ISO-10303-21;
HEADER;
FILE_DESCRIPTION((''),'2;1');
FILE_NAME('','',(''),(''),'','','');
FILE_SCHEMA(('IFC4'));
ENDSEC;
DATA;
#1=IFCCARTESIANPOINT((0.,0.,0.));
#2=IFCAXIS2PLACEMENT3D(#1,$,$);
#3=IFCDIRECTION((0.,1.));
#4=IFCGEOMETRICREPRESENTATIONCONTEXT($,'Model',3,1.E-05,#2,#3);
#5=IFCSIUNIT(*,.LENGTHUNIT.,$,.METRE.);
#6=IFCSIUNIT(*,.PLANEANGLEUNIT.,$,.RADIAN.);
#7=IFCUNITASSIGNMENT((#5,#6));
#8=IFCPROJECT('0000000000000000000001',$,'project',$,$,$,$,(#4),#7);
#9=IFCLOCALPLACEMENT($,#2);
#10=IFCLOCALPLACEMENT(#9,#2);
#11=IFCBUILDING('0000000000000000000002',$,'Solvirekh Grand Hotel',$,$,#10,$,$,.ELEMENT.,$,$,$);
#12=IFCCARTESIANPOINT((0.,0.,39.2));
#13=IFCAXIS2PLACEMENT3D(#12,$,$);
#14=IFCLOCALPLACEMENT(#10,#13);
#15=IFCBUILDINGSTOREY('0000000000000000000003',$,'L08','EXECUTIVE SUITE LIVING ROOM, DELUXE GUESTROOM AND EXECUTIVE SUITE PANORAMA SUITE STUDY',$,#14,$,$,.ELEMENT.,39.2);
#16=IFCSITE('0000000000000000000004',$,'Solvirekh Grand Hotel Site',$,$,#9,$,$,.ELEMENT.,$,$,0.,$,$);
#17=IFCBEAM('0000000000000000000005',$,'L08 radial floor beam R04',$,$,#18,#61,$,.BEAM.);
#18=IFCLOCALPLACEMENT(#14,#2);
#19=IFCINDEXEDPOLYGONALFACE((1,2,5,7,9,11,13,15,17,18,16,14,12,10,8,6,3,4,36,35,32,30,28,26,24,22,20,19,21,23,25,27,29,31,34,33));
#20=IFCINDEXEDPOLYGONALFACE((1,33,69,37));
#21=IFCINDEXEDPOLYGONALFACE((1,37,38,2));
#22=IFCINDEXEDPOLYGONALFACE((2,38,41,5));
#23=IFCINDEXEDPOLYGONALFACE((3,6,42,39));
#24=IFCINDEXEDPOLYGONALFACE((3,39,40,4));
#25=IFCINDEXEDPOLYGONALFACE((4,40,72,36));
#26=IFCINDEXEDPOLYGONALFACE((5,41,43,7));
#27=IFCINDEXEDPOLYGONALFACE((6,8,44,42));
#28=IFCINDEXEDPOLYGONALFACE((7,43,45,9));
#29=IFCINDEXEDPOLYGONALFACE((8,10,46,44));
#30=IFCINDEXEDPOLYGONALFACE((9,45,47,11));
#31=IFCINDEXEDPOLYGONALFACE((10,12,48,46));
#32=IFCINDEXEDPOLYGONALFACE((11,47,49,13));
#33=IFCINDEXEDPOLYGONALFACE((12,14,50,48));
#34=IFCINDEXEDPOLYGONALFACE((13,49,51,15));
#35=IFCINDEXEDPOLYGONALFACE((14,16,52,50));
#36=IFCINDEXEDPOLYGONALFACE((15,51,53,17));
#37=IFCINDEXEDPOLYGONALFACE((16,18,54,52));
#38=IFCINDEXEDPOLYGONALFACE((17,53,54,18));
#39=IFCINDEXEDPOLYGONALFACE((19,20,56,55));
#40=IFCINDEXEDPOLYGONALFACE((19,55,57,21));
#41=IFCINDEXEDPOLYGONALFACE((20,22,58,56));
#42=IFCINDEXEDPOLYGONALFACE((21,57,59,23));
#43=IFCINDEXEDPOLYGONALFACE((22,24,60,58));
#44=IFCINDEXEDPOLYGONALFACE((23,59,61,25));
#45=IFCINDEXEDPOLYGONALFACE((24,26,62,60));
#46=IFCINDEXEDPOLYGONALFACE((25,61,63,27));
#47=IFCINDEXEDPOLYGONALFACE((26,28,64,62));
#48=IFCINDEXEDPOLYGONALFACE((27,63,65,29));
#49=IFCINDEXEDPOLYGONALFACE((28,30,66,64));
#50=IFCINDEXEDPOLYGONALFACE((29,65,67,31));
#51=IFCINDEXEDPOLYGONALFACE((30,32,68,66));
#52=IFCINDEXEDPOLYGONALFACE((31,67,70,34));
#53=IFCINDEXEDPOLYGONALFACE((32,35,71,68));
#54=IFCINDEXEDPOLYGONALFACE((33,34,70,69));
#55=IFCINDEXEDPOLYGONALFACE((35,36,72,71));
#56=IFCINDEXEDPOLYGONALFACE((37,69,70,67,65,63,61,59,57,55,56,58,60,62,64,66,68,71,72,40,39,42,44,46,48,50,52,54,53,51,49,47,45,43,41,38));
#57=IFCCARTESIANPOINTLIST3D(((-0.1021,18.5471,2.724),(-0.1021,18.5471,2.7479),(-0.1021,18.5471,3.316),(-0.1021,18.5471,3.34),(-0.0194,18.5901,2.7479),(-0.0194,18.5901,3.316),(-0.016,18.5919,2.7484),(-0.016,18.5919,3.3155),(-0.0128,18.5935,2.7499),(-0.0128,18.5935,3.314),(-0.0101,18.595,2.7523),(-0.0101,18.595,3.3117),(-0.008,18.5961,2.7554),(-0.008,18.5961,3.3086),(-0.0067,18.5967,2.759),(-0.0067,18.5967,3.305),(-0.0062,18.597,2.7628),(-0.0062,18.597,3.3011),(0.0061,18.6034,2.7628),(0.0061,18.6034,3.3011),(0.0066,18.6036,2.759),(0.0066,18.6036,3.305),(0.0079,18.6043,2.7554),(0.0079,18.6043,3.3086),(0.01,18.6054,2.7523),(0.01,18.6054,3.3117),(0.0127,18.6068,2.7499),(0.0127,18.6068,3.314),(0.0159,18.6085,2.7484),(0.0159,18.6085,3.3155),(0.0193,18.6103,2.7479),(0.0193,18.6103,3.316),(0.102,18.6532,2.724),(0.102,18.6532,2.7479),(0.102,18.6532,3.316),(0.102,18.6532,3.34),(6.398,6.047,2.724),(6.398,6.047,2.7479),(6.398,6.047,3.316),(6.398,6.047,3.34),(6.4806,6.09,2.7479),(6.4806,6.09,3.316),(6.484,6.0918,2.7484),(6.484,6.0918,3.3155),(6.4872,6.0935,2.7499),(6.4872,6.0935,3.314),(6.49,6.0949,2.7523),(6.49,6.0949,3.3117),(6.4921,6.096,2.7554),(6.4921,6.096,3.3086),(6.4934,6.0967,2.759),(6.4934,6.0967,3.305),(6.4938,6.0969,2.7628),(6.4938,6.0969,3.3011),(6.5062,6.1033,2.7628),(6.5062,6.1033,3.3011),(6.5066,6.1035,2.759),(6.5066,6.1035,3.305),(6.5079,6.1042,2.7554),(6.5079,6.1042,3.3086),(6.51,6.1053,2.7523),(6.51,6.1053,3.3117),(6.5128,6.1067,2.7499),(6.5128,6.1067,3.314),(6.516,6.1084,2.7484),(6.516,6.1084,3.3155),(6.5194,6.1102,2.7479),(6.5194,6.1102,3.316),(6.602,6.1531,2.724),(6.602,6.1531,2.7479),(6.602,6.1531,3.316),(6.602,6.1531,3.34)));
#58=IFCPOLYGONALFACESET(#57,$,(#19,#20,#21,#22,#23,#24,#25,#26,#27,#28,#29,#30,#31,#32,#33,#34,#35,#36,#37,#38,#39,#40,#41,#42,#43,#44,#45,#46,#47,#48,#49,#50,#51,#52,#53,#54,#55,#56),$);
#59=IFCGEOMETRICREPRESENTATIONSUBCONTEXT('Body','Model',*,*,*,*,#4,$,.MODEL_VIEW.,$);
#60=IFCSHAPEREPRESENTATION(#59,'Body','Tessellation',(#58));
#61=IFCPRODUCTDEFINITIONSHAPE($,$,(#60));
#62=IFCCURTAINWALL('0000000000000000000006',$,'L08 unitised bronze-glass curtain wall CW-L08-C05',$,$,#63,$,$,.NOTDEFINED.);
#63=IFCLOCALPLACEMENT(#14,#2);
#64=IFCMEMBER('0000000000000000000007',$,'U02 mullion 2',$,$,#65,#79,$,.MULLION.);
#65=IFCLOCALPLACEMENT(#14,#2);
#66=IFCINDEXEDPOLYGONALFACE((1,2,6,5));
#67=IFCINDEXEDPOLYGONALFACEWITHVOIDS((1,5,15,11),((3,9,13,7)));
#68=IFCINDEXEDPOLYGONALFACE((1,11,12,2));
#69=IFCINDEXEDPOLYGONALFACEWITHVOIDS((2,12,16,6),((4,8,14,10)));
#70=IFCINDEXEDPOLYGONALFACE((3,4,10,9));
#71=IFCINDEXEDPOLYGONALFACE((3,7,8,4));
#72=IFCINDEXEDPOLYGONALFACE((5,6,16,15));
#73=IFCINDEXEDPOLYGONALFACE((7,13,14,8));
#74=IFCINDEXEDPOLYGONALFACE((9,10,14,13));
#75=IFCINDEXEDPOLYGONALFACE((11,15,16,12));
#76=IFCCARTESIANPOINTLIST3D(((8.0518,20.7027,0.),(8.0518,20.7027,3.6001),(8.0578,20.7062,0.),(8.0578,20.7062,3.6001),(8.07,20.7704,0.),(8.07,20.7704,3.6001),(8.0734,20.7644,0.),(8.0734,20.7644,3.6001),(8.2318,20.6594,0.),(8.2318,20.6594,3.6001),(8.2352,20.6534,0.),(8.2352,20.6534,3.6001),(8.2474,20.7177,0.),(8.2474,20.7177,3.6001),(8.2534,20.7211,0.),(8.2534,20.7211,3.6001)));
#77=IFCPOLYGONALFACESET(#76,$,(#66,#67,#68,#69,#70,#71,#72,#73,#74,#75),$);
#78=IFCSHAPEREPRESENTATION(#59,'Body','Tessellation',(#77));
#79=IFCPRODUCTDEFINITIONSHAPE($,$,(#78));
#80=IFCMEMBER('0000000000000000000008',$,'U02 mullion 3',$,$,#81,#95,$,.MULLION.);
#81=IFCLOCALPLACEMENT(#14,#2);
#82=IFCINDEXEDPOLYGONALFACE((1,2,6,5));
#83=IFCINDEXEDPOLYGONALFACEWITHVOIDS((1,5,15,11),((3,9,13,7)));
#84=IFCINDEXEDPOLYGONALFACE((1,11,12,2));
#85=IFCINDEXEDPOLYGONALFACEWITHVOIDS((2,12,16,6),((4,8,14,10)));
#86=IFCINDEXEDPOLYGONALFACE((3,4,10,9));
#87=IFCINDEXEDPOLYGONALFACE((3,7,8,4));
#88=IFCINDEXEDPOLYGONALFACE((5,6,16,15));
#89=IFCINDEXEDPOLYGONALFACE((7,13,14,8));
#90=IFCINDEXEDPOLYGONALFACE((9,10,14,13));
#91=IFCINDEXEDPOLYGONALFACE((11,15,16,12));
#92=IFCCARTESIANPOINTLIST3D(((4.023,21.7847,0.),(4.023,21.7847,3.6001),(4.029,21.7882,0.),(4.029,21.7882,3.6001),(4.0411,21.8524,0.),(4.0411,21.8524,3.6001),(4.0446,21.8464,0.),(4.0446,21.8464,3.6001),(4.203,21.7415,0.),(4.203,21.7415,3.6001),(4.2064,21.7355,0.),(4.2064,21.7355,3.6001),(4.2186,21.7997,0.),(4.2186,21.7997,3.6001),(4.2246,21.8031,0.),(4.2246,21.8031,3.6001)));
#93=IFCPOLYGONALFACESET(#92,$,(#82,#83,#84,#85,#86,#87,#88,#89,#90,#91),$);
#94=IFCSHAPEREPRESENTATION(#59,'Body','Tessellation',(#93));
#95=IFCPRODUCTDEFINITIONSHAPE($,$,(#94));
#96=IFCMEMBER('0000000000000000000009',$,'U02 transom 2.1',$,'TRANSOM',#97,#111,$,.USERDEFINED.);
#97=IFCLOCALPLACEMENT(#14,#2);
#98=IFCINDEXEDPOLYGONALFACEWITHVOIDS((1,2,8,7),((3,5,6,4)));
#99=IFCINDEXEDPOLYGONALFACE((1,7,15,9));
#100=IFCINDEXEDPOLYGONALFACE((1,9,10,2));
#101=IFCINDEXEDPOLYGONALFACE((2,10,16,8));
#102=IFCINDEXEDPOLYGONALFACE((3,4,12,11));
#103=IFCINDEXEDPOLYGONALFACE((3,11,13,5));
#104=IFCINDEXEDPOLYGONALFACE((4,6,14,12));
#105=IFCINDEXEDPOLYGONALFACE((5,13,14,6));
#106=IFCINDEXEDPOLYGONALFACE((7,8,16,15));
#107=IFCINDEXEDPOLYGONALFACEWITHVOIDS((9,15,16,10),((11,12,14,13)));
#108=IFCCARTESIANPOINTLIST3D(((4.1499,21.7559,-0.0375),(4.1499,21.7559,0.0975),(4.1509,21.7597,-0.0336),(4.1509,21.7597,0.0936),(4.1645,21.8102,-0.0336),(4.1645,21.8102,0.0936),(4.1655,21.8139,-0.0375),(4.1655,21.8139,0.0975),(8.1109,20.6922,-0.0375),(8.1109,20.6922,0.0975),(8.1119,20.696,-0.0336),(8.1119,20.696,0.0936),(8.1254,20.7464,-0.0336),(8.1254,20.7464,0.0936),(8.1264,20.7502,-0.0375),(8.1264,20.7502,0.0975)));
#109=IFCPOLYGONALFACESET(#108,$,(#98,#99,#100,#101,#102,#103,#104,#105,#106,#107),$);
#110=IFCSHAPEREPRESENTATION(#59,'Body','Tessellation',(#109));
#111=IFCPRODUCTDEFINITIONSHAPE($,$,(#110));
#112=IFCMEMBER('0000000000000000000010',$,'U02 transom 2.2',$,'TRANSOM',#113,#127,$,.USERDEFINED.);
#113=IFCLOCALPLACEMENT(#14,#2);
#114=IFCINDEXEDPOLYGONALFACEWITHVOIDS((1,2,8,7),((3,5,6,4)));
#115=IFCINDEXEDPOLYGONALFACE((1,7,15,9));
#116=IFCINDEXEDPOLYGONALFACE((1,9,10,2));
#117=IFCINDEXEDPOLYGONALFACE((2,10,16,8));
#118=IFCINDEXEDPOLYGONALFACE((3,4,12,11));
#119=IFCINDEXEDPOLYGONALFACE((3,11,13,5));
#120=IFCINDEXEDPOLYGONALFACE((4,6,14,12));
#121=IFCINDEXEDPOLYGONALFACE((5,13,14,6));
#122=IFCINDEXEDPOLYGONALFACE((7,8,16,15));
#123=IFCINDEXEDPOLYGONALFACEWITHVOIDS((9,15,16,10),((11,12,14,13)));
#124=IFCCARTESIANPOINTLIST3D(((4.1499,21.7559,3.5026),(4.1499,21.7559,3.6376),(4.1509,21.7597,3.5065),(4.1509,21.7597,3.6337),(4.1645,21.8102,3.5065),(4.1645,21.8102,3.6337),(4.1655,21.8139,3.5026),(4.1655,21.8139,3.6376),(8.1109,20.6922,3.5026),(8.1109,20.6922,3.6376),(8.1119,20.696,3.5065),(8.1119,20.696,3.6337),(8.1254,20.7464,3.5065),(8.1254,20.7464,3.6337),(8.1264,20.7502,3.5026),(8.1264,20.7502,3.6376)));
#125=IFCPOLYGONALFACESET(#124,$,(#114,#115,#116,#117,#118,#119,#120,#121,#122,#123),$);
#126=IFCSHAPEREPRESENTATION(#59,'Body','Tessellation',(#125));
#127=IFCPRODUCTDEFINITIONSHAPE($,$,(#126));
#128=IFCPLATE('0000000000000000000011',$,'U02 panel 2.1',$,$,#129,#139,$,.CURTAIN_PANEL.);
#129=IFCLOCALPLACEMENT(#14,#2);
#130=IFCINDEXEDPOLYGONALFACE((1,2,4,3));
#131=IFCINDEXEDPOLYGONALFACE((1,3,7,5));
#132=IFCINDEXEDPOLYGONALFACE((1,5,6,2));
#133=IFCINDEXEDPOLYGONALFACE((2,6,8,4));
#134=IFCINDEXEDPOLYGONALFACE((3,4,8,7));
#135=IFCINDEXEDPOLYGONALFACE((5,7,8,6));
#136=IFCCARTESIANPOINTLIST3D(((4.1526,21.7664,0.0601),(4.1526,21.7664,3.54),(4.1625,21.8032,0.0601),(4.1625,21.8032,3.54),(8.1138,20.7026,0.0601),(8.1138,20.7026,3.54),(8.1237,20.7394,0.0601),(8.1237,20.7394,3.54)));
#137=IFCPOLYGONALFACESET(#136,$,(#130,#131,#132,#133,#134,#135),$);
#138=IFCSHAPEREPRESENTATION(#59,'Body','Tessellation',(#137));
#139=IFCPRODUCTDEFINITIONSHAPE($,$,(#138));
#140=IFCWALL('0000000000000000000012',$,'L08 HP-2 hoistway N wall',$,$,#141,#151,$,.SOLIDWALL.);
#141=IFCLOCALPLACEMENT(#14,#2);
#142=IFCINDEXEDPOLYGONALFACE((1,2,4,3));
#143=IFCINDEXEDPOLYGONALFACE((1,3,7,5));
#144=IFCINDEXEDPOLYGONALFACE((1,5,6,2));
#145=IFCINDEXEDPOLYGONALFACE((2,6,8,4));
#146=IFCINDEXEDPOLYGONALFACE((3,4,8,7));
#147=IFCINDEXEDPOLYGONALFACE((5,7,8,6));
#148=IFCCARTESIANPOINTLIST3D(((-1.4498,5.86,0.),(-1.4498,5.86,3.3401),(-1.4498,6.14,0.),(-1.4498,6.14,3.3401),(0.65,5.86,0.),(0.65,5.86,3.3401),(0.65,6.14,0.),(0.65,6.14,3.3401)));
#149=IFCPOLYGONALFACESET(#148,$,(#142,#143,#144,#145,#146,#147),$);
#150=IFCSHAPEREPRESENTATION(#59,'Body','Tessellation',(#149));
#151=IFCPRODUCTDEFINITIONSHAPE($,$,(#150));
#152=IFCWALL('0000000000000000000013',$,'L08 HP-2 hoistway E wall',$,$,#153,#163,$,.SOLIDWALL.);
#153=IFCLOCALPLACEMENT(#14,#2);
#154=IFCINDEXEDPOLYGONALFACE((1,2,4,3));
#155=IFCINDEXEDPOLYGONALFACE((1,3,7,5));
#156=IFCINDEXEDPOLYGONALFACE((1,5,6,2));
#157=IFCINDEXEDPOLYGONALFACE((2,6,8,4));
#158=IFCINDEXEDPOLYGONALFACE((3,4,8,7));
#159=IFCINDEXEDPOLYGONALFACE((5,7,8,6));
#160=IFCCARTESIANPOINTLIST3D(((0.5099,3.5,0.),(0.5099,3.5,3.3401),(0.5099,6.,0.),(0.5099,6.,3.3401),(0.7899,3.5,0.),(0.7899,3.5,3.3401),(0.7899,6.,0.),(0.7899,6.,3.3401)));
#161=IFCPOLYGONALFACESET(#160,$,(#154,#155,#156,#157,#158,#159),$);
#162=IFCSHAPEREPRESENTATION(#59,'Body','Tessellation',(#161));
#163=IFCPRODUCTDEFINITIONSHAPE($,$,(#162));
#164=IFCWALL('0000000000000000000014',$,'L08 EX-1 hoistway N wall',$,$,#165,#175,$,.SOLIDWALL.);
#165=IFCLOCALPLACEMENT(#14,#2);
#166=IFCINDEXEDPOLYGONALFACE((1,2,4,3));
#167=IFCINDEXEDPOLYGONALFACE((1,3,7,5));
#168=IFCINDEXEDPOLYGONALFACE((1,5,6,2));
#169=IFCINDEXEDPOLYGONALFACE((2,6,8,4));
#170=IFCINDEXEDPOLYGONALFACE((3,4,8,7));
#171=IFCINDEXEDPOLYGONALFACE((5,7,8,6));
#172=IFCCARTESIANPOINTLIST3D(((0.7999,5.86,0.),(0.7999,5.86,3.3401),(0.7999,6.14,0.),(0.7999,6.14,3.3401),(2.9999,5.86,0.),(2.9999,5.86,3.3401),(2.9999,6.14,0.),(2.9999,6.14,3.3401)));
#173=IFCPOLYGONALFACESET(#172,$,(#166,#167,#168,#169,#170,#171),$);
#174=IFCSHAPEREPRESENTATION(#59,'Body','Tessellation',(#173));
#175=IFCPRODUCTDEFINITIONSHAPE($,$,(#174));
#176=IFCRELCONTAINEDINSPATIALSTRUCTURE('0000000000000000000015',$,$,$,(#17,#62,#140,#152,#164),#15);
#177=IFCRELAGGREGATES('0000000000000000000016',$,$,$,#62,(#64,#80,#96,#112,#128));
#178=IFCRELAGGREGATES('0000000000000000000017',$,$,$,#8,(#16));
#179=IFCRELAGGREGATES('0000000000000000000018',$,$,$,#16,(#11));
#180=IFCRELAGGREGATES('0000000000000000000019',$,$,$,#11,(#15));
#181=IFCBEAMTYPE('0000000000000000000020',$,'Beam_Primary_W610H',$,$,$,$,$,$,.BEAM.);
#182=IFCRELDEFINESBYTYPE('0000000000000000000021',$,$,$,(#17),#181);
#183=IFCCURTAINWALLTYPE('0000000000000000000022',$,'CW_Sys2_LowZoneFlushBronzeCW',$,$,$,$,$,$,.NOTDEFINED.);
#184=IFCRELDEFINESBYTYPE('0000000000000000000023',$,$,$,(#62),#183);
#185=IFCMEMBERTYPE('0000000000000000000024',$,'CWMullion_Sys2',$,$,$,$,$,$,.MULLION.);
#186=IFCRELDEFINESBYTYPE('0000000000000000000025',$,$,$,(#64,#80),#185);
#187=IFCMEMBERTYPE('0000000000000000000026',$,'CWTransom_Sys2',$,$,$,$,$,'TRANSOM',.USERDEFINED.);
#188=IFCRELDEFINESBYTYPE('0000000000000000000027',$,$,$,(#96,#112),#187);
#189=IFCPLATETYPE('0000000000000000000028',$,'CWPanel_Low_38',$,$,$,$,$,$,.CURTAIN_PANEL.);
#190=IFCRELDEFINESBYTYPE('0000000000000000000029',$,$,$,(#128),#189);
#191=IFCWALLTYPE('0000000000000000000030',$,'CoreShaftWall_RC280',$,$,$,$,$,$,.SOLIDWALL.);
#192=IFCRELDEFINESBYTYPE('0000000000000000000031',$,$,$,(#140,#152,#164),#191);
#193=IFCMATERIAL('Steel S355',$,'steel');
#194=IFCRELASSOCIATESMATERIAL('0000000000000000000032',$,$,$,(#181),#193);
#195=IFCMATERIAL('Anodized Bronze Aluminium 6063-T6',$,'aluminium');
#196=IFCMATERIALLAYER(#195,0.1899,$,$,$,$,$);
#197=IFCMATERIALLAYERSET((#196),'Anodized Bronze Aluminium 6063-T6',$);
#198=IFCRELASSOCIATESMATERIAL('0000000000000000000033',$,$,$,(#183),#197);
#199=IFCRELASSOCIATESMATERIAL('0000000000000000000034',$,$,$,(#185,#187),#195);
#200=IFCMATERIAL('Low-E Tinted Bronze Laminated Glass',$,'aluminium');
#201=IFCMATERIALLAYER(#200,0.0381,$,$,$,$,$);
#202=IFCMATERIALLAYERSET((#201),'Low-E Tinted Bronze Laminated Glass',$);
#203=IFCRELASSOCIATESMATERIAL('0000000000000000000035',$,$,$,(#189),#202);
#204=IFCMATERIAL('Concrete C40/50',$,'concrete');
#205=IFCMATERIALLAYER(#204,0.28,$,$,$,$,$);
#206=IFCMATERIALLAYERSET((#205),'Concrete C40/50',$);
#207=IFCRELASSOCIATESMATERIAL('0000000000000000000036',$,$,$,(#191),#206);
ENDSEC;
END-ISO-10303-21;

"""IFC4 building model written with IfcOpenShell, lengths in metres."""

from ifc_helpers import new_model, si_unit, direction, frame, frame_2d, origin, origin_2d, place, context, subcontext, project, spatial, rectangle, hollow_rectangle, i_section, extrude, source, transform, mapped, material, layer, layer_set, material_profile, profile_set, type_object, element, aggregate, save


model = new_model("IFC4")

# Units and contexts
model_context = context("Model", 3, precision=1e-05, world=origin(), true_north=direction((0.0, 1.0)))
body_context = subcontext(model_context, "Body", "Model", "MODEL_VIEW")
ifc_project = project(units=[si_unit("LENGTHUNIT", "METRE"), si_unit("PLANEANGLEUNIT", "RADIAN")], contexts=[model_context])

# Site, building, storey
site_placement = place(None, origin())
site = spatial("IfcSite", under=ifc_project, at=site_placement, Name="Solvirekh Grand Hotel Site", CompositionType="ELEMENT", RefElevation=0.0)
building_placement = place(site_placement, origin())
building = spatial("IfcBuilding", under=site, at=building_placement, Name="Solvirekh Grand Hotel", CompositionType="ELEMENT")
storey_placement = place(building_placement, frame((0.0, 0.0, 39.2)))
storey = spatial("IfcBuildingStorey", under=building, at=storey_placement, Name="L08", Description="EXECUTIVE SUITE LIVING ROOM, DELUXE GUESTROOM AND EXECUTIVE SUITE PANORAMA SUITE STUDY", CompositionType="ELEMENT", Elevation=39.2)

# Beam
ifc_material_1 = material(Name="Steel S355", Category="steel")
ifc_material_profile_1 = material_profile(ifc_material_1, i_section(OverallWidth=0.23, OverallDepth=0.616, WebThickness=0.0139, FlangeThickness=0.0239, FilletRadius=0.0149, at=origin_2d()), Name="W610X174")
ifc_profile_set_1 = profile_set([ifc_material_profile_1], Name="Steel S355")
beam_type_1 = type_object("IfcBeamType", Name="Beam_Primary_W610H", PredefinedType="BEAM", material=ifc_profile_set_1)
beam_1_placement = place(storey_placement, frame((6.5, 6.1001, 3.032), z_axis=(-0.461353, 0.887217, 0.0), x_axis=(-0.887217, -0.461353, 0.0)))
element("IfcBeam", 1, at=beam_1_placement, inside=storey, type_object=beam_type_1, Name="L08 radial floor beam R04", PredefinedType="BEAM", context=body_context, shape_type="SweptSolid", body=[
    extrude(i_section(OverallWidth=0.23, OverallDepth=0.616, WebThickness=0.0139, FlangeThickness=0.0239, FilletRadius=0.0149, at=origin_2d()), origin(), (0.0, 0.0, 1.0), 14.0891),
])

# Curtain wall, members, plate
ifc_material_2 = material(Name="Anodized Bronze Aluminium 6063-T6", Category="aluminium")
ifc_layer_1 = layer(ifc_material_2, 0.1899)
ifc_layer_set_1 = layer_set([ifc_layer_1], Name="Anodized Bronze Aluminium 6063-T6")
curtain_wall_type = type_object("IfcCurtainWallType", Name="CW_Sys2_LowZoneFlushBronzeCW", PredefinedType="NOTDEFINED", material=ifc_layer_set_1)
curtain_wall_placement = place(storey_placement, origin())
curtain_wall = element("IfcCurtainWall", 2, at=curtain_wall_placement, inside=storey, type_object=curtain_wall_type, Name="L08 unitised bronze-glass curtain wall CW-L08-C05", PredefinedType="NOTDEFINED")
ifc_material_profile_2 = material_profile(ifc_material_2, hollow_rectangle(XDim=0.0701, YDim=0.1899, WallThickness=0.0049, at=origin_2d()), Name="ALU RHS 190X70X5")
ifc_profile_set_2 = profile_set([ifc_material_profile_2], Name="Anodized Bronze Aluminium 6063-T6")
member_type_1 = type_object("IfcMemberType", Name="CWMullion_Sys2", PredefinedType="MULLION", material=ifc_profile_set_2)
shared_shape_1 = source(origin(), body_context, "Body", "SweptSolid", [
    extrude(hollow_rectangle(XDim=0.0701, YDim=0.1899, WallThickness=0.0049, at=origin_2d()), origin(), (0.0, 0.0, 1.0), 3.6001),
])
member_1_placement = place(storey_placement, frame((8.1526, 20.7119, 0.0), z_axis=(0.0, 0.0, 1.0), x_axis=(-0.259364, -0.96578, 0.0)))
member_1 = element("IfcMember", 3, at=member_1_placement, type_object=member_type_1, Name="U02 mullion 2", PredefinedType="MULLION", context=body_context, shape_type="MappedRepresentation", body=[
    mapped(shared_shape_1, transform((0.0, 0.0, 0.0), x_axis=(1.0, 0.0, 0.0), y_axis=(0.0, 1.0, 0.0), z_axis=(0.0, 0.0, 1.0), scale=1.0)),
])
member_2_placement = place(storey_placement, frame((4.1238, 21.7939, 0.0), z_axis=(0.0, 0.0, 1.0), x_axis=(-0.259364, -0.96578, 0.0)))
member_2 = element("IfcMember", 4, at=member_2_placement, type_object=member_type_1, Name="U02 mullion 3", PredefinedType="MULLION", context=body_context, shape_type="MappedRepresentation", body=[
    mapped(shared_shape_1, transform((0.0, 0.0, 0.0), x_axis=(1.0, 0.0, 0.0), y_axis=(0.0, 1.0, 0.0), z_axis=(0.0, 0.0, 1.0), scale=1.0)),
])
ifc_material_profile_3 = material_profile(ifc_material_2, hollow_rectangle(XDim=0.0601, YDim=0.135, WallThickness=0.0039, at=origin_2d()), Name="ALU RHS 135X60X4")
ifc_profile_set_3 = profile_set([ifc_material_profile_3], Name="Anodized Bronze Aluminium 6063-T6")
member_type_2 = type_object("IfcMemberType", Name="CWTransom_Sys2", ElementType="TRANSOM", PredefinedType="USERDEFINED", material=ifc_profile_set_3)
shared_shape_2 = source(origin(), body_context, "Body", "SweptSolid", [
    extrude(hollow_rectangle(XDim=0.0601, YDim=0.135, WallThickness=0.0039, at=origin_2d()), origin(), (0.0, 0.0, 1.0), 4.1013),
])
member_3_placement = place(storey_placement, frame((8.1187, 20.7212, 0.03), z_axis=(-0.96578, 0.259363, 0.0), x_axis=(-0.259363, -0.96578, 0.0)))
member_3 = element("IfcMember", 5, at=member_3_placement, type_object=member_type_2, Name="U02 transom 2.1", ObjectType="TRANSOM", PredefinedType="USERDEFINED", context=body_context, shape_type="MappedRepresentation", body=[
    mapped(shared_shape_2, transform((0.0, 0.0, 0.0), x_axis=(1.0, 0.0, 0.0), y_axis=(0.0, 1.0, 0.0), z_axis=(0.0, 0.0, 1.0), scale=1.0)),
])
member_4_placement = place(storey_placement, frame((8.1187, 20.7212, 3.5701), z_axis=(-0.96578, 0.259363, 0.0), x_axis=(-0.259363, -0.96578, 0.0)))
member_4 = element("IfcMember", 6, at=member_4_placement, type_object=member_type_2, Name="U02 transom 2.2", ObjectType="TRANSOM", PredefinedType="USERDEFINED", context=body_context, shape_type="MappedRepresentation", body=[
    mapped(shared_shape_2, transform((0.0, 0.0, 0.0), x_axis=(1.0, 0.0, 0.0), y_axis=(0.0, 1.0, 0.0), z_axis=(0.0, 0.0, 1.0), scale=1.0)),
])
ifc_material_3 = material(Name="Low-E Tinted Bronze Laminated Glass", Category="aluminium")
ifc_layer_2 = layer(ifc_material_3, 0.0381)
ifc_layer_set_2 = layer_set([ifc_layer_2], Name="Low-E Tinted Bronze Laminated Glass")
plate_type = type_object("IfcPlateType", Name="CWPanel_Low_38", PredefinedType="CURTAIN_PANEL", material=ifc_layer_set_2)
shared_shape_3 = source(origin(), body_context, "Body", "SweptSolid", [
    extrude(rectangle(XDim=4.1016, YDim=0.0381, at=origin_2d()), origin(), (0.0, 0.0, 1.0), 3.48),
])
plate_placement = place(storey_placement, frame((6.1382, 21.2529, 0.0601), z_axis=(0.0, 0.0, 1.0), x_axis=(-0.96578, 0.259364, 0.0)))
plate = element("IfcPlate", 7, at=plate_placement, type_object=plate_type, Name="U02 panel 2.1", PredefinedType="CURTAIN_PANEL", context=body_context, shape_type="MappedRepresentation", body=[
    mapped(shared_shape_3, transform((0.0, 0.0, 0.0), x_axis=(1.0, 0.0, 0.0), y_axis=(0.0, 1.0, 0.0), z_axis=(0.0, 0.0, 1.0), scale=1.0)),
])
aggregate(curtain_wall, [member_1, member_2, member_3, member_4, plate])

# Walls
ifc_material_4 = material(Name="Concrete C40/50", Category="concrete")
ifc_layer_3 = layer(ifc_material_4, 0.28)
ifc_layer_set_3 = layer_set([ifc_layer_3], Name="Concrete C40/50")
wall_type_1 = type_object("IfcWallType", Name="CoreShaftWall_RC280", PredefinedType="SOLIDWALL", material=ifc_layer_set_3)
wall_1_placement = place(storey_placement, frame((0.6499, 6.0, 0.0), z_axis=(0.0, 0.0, 1.0), x_axis=(-1.0, 0.0, 0.0)))
element("IfcWall", 8, at=wall_1_placement, inside=storey, type_object=wall_type_1, Name="L08 HP-2 hoistway N wall", PredefinedType="SOLIDWALL", context=body_context, shape_type="SweptSolid", body=[
    extrude(rectangle(XDim=2.0999, YDim=0.28, at=frame_2d((1.0498, 0.0))), origin(), (0.0, 0.0, 1.0), 3.3401),
])
wall_2_placement = place(storey_placement, frame((0.6499, 3.5, 0.0), z_axis=(0.0, 0.0, 1.0), x_axis=(0.0, 1.0, 0.0)))
element("IfcWall", 9, at=wall_2_placement, inside=storey, type_object=wall_type_1, Name="L08 HP-2 hoistway E wall", PredefinedType="SOLIDWALL", context=body_context, shape_type="SweptSolid", body=[
    extrude(rectangle(XDim=2.5, YDim=0.28, at=frame_2d((1.25, 0.0))), origin(), (0.0, 0.0, 1.0), 3.3401),
])
wall_3_placement = place(storey_placement, frame((3.0, 6.0, 0.0), z_axis=(0.0, 0.0, 1.0), x_axis=(-1.0, 0.0, 0.0)))
element("IfcWall", 10, at=wall_3_placement, inside=storey, type_object=wall_type_1, Name="L08 EX-1 hoistway N wall", PredefinedType="SOLIDWALL", context=body_context, shape_type="SweptSolid", body=[
    extrude(rectangle(XDim=2.2, YDim=0.28, at=frame_2d((1.1001, 0.0))), origin(), (0.0, 0.0, 1.0), 3.3401),
])

save(model, "model.ifc")
